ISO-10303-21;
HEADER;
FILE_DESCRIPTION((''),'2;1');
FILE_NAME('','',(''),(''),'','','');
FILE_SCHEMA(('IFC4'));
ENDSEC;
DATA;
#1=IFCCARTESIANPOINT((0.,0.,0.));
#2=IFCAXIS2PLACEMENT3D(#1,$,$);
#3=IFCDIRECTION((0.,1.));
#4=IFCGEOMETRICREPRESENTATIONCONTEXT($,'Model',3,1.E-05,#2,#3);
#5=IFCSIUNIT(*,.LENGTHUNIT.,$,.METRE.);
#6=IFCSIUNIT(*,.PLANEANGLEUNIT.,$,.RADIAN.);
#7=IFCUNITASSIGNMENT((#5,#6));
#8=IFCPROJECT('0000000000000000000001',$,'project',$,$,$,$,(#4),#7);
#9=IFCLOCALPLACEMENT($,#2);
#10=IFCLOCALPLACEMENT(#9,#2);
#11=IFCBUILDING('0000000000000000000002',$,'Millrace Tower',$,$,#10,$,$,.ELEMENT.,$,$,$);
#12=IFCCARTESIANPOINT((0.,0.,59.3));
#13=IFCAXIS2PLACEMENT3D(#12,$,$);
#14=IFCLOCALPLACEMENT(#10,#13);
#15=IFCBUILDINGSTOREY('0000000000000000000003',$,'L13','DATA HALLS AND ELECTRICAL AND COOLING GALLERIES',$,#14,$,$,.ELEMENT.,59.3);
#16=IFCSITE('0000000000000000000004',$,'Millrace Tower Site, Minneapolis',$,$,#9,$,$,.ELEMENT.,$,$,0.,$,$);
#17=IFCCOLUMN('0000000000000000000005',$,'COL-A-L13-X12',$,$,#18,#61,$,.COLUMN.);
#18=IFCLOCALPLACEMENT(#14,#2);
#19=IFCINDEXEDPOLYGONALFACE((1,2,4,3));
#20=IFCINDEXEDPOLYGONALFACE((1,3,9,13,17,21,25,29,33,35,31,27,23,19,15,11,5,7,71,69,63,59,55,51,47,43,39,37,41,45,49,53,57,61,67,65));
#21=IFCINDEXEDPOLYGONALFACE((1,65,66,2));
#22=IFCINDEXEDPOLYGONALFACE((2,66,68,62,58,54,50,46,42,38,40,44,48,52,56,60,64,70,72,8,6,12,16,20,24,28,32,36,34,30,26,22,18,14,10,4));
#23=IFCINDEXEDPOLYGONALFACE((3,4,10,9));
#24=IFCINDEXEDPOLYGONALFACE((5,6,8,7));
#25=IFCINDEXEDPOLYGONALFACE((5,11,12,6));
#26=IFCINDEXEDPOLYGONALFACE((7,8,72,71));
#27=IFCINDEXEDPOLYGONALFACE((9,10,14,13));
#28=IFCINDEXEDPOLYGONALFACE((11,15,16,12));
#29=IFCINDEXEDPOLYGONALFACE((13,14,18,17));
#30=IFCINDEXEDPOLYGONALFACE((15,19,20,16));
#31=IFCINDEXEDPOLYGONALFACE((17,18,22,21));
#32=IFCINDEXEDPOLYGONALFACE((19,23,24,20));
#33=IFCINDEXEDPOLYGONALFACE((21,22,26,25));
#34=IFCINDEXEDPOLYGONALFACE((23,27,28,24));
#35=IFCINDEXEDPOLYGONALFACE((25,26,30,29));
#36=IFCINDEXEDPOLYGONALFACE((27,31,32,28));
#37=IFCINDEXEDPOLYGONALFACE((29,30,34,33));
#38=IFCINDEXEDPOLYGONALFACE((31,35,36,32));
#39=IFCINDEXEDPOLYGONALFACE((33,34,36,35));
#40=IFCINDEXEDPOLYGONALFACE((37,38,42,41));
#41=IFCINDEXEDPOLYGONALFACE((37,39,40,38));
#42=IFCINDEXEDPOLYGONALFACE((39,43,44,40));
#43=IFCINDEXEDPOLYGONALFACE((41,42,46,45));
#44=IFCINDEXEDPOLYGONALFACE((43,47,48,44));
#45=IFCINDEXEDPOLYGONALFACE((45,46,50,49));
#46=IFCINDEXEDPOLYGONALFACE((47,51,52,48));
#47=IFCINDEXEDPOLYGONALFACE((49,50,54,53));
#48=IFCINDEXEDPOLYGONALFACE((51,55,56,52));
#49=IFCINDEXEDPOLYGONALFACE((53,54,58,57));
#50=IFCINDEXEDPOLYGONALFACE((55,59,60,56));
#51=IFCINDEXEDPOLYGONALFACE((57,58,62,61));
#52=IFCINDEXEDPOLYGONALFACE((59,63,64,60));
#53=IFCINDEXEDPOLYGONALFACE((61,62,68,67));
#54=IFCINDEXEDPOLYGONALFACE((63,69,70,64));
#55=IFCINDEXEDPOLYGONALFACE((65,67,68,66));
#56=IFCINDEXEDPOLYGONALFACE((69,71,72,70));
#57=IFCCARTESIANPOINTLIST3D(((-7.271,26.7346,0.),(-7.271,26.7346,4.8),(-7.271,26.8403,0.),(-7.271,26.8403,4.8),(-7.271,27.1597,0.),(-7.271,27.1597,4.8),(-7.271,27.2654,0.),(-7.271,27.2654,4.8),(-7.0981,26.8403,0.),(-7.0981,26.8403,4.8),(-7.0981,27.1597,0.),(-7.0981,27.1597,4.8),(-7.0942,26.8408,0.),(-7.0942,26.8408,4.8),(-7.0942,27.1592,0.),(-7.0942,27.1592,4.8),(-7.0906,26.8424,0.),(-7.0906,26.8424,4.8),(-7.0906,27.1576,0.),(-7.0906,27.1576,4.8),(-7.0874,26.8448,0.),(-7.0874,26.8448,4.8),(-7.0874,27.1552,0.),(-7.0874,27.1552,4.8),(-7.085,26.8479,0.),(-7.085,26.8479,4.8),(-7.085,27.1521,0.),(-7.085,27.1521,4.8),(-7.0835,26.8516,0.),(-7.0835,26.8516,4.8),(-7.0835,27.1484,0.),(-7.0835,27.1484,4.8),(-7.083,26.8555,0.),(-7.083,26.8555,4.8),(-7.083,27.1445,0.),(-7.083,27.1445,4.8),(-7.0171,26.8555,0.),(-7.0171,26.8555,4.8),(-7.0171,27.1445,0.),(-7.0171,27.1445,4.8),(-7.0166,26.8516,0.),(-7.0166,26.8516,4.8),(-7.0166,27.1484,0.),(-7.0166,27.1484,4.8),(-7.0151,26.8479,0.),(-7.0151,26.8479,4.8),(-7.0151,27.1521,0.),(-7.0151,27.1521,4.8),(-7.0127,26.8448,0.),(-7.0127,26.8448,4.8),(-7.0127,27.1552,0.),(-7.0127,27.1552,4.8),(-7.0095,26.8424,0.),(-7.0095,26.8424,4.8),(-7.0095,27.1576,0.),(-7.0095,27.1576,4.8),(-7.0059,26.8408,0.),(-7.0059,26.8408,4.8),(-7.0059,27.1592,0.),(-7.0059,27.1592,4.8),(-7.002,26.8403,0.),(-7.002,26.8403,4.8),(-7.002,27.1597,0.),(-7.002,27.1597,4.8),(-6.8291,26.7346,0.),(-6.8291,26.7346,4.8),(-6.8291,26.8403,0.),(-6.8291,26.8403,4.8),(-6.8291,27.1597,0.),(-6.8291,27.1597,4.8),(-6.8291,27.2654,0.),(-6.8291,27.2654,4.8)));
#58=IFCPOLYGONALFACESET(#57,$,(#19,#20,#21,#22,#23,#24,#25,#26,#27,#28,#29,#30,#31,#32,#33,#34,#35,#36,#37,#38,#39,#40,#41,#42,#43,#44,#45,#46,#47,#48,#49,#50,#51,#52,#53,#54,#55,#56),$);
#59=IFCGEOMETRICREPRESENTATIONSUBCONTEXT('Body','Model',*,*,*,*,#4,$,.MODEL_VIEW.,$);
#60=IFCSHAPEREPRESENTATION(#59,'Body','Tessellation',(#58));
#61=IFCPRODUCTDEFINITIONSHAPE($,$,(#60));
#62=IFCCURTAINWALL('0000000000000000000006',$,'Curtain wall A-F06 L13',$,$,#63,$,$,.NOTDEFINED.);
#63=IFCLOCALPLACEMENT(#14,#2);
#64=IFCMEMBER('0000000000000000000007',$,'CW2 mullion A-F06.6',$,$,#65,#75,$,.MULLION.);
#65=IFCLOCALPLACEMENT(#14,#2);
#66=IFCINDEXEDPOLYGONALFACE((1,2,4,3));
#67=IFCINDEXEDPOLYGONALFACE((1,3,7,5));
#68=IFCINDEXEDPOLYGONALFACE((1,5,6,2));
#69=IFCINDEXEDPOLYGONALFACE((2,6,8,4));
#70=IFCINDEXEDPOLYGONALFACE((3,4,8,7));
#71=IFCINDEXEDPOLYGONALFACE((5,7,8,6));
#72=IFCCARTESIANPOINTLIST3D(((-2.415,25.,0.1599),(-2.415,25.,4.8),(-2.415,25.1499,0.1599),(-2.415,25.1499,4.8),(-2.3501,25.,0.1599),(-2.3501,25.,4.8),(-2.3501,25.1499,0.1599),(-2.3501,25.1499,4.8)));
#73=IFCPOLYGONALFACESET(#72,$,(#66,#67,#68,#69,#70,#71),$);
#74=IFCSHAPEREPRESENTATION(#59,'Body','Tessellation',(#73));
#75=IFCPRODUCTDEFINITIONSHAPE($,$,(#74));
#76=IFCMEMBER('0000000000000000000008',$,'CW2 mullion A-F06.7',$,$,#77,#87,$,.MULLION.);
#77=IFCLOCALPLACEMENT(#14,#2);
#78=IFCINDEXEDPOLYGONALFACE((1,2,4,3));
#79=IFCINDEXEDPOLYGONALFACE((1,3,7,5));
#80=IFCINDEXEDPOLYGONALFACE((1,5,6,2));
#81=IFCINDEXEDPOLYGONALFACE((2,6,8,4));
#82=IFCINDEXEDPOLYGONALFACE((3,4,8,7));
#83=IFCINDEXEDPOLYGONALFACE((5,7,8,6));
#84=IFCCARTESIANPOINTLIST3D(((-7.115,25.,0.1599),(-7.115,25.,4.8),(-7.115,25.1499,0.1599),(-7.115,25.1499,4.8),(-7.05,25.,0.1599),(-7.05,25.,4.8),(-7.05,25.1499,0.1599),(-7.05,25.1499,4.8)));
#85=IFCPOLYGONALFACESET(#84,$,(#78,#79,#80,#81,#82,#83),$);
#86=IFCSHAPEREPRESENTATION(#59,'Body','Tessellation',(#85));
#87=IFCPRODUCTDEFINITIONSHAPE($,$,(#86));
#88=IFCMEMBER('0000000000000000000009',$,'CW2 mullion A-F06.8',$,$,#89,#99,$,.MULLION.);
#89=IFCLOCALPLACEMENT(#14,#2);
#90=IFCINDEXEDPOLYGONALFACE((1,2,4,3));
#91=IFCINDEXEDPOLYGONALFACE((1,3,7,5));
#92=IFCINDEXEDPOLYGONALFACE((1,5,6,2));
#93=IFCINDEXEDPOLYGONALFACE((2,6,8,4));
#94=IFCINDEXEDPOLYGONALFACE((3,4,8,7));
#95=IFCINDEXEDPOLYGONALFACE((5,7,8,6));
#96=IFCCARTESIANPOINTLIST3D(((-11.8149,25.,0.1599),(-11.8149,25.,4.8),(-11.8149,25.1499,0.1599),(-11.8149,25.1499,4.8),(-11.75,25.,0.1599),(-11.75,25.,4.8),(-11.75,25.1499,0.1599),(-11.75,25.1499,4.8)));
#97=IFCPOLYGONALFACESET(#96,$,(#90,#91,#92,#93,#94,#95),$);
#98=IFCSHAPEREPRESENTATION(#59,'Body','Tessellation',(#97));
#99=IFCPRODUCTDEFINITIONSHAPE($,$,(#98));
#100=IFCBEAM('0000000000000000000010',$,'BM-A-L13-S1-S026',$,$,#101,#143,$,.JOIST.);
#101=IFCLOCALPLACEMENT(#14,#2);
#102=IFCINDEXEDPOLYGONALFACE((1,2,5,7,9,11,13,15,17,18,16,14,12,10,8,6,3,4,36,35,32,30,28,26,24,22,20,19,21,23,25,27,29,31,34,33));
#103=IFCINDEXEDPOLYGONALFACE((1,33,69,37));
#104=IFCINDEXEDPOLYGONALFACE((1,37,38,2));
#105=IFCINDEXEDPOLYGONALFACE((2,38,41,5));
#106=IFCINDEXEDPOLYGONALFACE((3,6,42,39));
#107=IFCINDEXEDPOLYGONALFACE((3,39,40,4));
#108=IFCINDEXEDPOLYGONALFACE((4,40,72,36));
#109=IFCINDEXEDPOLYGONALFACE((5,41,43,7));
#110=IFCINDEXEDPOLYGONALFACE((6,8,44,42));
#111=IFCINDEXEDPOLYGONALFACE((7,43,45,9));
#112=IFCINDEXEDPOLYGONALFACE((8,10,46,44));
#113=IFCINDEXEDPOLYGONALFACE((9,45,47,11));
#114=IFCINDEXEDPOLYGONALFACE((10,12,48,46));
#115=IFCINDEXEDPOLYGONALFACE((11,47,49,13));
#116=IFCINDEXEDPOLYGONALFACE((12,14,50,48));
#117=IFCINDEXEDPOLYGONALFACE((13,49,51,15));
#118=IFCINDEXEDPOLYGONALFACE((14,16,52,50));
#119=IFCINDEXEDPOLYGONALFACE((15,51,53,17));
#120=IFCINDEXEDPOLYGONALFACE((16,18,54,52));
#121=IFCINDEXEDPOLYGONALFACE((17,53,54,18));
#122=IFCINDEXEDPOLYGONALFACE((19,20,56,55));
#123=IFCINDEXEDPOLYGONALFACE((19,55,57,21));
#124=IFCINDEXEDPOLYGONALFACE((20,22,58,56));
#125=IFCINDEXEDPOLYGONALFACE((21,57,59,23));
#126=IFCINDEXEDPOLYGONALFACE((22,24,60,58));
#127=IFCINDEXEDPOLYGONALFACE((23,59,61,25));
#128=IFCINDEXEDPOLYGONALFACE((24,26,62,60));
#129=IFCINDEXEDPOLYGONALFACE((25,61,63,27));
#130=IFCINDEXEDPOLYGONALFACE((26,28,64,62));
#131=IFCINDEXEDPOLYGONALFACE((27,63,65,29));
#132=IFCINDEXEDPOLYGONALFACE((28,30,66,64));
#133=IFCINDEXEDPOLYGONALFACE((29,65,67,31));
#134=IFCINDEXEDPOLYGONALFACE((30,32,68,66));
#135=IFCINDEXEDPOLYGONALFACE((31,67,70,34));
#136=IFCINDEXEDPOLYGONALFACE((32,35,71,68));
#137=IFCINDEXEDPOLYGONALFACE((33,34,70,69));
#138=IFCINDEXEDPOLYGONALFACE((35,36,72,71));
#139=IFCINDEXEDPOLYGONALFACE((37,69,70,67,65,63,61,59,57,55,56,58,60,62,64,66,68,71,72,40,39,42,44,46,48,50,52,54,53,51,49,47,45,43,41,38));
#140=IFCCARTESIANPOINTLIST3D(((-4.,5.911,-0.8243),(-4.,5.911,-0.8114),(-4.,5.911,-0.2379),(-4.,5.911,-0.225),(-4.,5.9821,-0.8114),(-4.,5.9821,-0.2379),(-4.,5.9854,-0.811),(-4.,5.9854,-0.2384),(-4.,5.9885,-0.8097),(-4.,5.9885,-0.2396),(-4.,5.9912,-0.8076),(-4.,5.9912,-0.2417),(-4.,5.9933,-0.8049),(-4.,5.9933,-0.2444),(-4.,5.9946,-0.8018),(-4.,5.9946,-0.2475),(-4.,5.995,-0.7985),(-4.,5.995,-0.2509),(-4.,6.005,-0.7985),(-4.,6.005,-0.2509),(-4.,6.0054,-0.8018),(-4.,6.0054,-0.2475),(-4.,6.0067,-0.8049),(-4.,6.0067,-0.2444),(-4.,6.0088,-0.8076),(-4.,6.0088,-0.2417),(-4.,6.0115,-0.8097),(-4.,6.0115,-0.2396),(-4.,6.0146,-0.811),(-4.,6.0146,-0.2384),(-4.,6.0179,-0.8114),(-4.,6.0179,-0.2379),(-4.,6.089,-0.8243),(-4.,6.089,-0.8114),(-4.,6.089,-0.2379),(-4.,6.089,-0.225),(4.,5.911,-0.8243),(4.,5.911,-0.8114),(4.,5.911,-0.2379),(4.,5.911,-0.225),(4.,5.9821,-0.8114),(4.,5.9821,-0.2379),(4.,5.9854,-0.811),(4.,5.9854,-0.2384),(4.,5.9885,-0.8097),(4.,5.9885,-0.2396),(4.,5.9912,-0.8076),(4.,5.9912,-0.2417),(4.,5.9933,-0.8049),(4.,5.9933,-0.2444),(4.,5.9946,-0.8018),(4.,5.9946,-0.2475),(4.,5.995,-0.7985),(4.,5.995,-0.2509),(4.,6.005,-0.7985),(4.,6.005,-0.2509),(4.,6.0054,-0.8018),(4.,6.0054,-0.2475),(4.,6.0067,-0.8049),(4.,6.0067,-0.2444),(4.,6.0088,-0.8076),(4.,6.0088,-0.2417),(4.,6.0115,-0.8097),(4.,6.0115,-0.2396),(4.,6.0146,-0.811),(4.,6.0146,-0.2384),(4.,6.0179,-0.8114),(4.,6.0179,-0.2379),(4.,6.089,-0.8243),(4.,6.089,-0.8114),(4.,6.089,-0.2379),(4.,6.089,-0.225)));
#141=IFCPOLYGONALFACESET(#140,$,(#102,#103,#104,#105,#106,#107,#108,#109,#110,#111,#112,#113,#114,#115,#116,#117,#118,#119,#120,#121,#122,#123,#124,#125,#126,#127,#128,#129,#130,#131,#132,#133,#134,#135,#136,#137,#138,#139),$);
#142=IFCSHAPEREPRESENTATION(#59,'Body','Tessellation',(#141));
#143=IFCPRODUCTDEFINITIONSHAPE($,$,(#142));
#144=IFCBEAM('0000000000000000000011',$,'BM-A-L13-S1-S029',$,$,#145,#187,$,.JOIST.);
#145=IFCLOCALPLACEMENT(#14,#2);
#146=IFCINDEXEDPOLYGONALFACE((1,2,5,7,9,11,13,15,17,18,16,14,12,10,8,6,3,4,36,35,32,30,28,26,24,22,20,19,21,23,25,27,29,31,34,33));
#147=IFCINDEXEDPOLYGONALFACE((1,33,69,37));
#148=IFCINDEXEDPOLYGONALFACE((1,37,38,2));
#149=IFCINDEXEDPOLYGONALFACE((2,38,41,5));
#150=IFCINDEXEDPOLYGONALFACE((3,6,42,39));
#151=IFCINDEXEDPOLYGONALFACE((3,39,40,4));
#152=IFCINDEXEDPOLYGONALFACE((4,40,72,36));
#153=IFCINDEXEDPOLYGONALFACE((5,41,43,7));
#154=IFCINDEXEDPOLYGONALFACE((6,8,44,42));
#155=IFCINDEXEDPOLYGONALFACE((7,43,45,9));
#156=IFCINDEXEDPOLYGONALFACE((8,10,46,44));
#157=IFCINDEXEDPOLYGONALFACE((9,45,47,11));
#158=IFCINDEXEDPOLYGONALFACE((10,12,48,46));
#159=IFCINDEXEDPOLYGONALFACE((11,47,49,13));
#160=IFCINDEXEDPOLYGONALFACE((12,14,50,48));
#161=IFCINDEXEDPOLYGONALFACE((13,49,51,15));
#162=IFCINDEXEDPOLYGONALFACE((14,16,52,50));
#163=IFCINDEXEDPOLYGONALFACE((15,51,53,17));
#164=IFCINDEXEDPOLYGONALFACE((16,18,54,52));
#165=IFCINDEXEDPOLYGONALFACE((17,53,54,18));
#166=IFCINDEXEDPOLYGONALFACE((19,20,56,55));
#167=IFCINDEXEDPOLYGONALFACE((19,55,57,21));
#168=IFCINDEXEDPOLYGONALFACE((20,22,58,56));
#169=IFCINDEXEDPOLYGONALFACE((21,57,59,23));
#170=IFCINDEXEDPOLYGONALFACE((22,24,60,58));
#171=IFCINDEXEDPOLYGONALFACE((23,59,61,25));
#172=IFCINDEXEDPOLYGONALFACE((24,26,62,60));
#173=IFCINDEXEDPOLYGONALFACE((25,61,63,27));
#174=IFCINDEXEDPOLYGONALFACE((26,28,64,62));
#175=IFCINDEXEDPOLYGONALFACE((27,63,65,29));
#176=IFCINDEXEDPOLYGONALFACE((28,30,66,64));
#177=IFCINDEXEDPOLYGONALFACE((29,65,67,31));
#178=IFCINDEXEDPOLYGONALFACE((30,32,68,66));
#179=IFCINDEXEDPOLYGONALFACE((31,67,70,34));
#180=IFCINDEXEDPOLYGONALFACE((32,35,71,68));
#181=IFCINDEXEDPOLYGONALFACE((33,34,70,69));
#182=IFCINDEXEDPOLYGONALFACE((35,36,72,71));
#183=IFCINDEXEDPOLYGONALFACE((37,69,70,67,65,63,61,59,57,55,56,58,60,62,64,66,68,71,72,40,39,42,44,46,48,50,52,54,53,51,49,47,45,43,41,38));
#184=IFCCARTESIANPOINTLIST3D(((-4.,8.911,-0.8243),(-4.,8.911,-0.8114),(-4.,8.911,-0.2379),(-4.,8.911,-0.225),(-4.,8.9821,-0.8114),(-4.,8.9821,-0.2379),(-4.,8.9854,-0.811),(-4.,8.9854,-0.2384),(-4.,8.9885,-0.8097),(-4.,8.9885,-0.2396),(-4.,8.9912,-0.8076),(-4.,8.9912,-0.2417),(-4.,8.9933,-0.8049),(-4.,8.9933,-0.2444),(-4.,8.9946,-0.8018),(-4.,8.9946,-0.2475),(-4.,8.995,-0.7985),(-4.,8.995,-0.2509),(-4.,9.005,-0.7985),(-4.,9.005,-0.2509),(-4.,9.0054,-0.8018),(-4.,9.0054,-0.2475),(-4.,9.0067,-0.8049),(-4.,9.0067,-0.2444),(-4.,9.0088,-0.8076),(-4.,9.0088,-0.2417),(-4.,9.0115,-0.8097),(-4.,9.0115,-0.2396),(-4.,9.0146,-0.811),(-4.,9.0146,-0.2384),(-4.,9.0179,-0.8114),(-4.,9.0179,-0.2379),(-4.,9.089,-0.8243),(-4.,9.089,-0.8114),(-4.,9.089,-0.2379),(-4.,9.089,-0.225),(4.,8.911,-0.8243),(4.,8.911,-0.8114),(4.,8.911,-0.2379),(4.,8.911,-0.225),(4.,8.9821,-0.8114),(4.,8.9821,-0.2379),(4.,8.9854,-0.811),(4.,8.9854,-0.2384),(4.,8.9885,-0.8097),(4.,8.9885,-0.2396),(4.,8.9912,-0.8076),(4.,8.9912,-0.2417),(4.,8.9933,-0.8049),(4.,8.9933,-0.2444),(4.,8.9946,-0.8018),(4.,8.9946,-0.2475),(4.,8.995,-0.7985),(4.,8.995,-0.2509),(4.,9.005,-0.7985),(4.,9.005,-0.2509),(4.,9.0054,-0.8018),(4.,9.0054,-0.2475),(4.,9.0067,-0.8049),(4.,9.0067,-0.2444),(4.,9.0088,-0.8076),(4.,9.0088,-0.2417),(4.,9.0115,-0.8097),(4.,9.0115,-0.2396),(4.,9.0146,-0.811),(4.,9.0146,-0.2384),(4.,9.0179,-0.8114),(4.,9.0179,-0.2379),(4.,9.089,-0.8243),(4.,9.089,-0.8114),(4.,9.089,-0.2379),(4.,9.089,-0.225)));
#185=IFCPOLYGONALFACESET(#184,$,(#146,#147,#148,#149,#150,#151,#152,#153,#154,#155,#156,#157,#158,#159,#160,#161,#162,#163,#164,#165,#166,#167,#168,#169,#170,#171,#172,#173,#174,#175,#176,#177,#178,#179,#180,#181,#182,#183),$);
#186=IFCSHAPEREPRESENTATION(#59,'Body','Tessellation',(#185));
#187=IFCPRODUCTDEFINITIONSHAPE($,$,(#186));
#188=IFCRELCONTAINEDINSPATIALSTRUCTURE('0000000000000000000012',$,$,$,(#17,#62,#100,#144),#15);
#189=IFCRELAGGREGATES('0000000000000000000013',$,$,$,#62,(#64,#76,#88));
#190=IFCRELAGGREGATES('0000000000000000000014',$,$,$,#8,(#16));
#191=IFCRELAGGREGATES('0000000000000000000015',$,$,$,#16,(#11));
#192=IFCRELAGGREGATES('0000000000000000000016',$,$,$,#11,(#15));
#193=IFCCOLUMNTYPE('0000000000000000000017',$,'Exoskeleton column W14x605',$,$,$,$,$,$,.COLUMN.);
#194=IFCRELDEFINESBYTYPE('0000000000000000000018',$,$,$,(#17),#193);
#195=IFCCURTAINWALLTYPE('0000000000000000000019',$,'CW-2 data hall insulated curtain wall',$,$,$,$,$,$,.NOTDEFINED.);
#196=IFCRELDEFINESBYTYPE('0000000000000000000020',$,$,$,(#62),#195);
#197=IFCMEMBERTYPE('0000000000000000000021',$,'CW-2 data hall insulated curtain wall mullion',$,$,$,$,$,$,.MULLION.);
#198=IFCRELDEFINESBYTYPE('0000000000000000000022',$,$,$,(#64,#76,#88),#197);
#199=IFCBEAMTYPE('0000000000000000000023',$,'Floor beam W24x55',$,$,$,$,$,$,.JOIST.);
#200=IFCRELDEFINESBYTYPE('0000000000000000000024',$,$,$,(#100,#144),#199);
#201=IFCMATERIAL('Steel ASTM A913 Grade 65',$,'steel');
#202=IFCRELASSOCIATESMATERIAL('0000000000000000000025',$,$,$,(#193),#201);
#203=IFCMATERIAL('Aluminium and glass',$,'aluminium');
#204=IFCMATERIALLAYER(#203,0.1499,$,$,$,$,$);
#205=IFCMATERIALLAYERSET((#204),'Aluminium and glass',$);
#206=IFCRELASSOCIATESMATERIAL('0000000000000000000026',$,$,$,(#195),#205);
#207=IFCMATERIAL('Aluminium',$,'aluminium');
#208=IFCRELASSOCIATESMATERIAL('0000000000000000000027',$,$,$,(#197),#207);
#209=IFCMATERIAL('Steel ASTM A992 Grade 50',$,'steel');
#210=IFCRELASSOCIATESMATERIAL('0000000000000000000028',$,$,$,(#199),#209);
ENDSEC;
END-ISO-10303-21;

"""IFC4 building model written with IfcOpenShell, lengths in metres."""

from ifc_helpers import new_model, si_unit, direction, frame, origin, origin_2d, place, context, subcontext, project, spatial, rectangle, i_section, extrude, material, layer, layer_set, material_profile, profile_set, type_object, element, aggregate, save


model = new_model("IFC4")

# Units and contexts
model_context = context("Model", 3, precision=1e-05, world=origin(), true_north=direction((0.0, 1.0)))
body_context = subcontext(model_context, "Body", "Model", "MODEL_VIEW")
ifc_project = project(units=[si_unit("LENGTHUNIT", "METRE"), si_unit("PLANEANGLEUNIT", "RADIAN")], contexts=[model_context])

# Site, building, storey
site_placement = place(None, origin())
site = spatial("IfcSite", under=ifc_project, at=site_placement, Name="Millrace Tower Site, Minneapolis", CompositionType="ELEMENT", RefElevation=0.0)
building_placement = place(site_placement, origin())
building = spatial("IfcBuilding", under=site, at=building_placement, Name="Millrace Tower", CompositionType="ELEMENT")
storey_placement = place(building_placement, frame((0.0, 0.0, 59.3)))
storey = spatial("IfcBuildingStorey", under=building, at=storey_placement, Name="L13", Description="DATA HALLS AND ELECTRICAL AND COOLING GALLERIES", CompositionType="ELEMENT", Elevation=59.3)

# Column
ifc_material_1 = material(Name="Steel ASTM A913 Grade 65", Category="steel")
ifc_material_profile_1 = material_profile(ifc_material_1, i_section(OverallWidth=0.4419, OverallDepth=0.5308, WebThickness=0.0659, FlangeThickness=0.1057, FilletRadius=0.0151, at=origin_2d()))
ifc_profile_set_1 = profile_set([ifc_material_profile_1], Name="Steel ASTM A913 Grade 65")
column_type = type_object("IfcColumnType", Name="Exoskeleton column W14x605", PredefinedType="COLUMN", material=ifc_profile_set_1)
column_placement = place(storey_placement, frame((-7.05, 27.0, 0.0), z_axis=(0.0, 0.0, 1.0), x_axis=(-1.0, 0.0, 0.0)))
element("IfcColumn", 1, at=column_placement, inside=storey, type_object=column_type, Name="COL-A-L13-X12", PredefinedType="COLUMN", context=body_context, shape_type="SweptSolid", body=[
    extrude(i_section(OverallWidth=0.4419, OverallDepth=0.5308, WebThickness=0.0659, FlangeThickness=0.1057, FilletRadius=0.0151, at=origin_2d()), origin(), (0.0, 0.0, 1.0), 4.8),
])

# Curtain wall, members
ifc_material_2 = material(Name="Aluminium and glass", Category="aluminium")
ifc_layer_1 = layer(ifc_material_2, 0.1499)
ifc_layer_set_1 = layer_set([ifc_layer_1], Name="Aluminium and glass")
curtain_wall_type = type_object("IfcCurtainWallType", Name="CW-2 data hall insulated curtain wall", PredefinedType="NOTDEFINED", material=ifc_layer_set_1)
placement = place(storey_placement, origin())
curtain_wall = element("IfcCurtainWall", 2, at=placement, inside=storey, type_object=curtain_wall_type, Name="Curtain wall A-F06 L13", PredefinedType="NOTDEFINED")
ifc_material_3 = material(Name="Aluminium", Category="aluminium")
ifc_material_profile_2 = material_profile(ifc_material_3, rectangle(XDim=0.0649, YDim=0.1499, at=origin_2d()))
ifc_profile_set_2 = profile_set([ifc_material_profile_2], Name="Aluminium")
member_type = type_object("IfcMemberType", Name="CW-2 data hall insulated curtain wall mullion", PredefinedType="MULLION", material=ifc_profile_set_2)
member_1_placement = place(storey_placement, frame((-2.3826, 25.075, 0.1599), z_axis=(0.0, 0.0, 1.0), x_axis=(-1.0, 0.0, 0.0)))
member_1 = element("IfcMember", 3, at=member_1_placement, type_object=member_type, Name="CW2 mullion A-F06.6", PredefinedType="MULLION", context=body_context, shape_type="SweptSolid", body=[
    extrude(rectangle(XDim=0.0649, YDim=0.1499, at=origin_2d()), origin(), (0.0, 0.0, 1.0), 4.6401),
])
member_2_placement = place(storey_placement, frame((-7.0825, 25.075, 0.1599), z_axis=(0.0, 0.0, 1.0), x_axis=(-1.0, 0.0, 0.0)))
member_2 = element("IfcMember", 4, at=member_2_placement, type_object=member_type, Name="CW2 mullion A-F06.7", PredefinedType="MULLION", context=body_context, shape_type="SweptSolid", body=[
    extrude(rectangle(XDim=0.0649, YDim=0.1499, at=origin_2d()), origin(), (0.0, 0.0, 1.0), 4.6401),
])
member_3_placement = place(storey_placement, frame((-11.7825, 25.075, 0.1599), z_axis=(0.0, 0.0, 1.0), x_axis=(-1.0, 0.0, 0.0)))
member_3 = element("IfcMember", 5, at=member_3_placement, type_object=member_type, Name="CW2 mullion A-F06.8", PredefinedType="MULLION", context=body_context, shape_type="SweptSolid", body=[
    extrude(rectangle(XDim=0.0649, YDim=0.1499, at=origin_2d()), origin(), (0.0, 0.0, 1.0), 4.6401),
])
aggregate(curtain_wall, [member_1, member_2, member_3])

# Beams
ifc_material_4 = material(Name="Steel ASTM A992 Grade 50", Category="steel")
ifc_material_profile_3 = material_profile(ifc_material_4, i_section(OverallWidth=0.178, OverallDepth=0.5994, WebThickness=0.01, FlangeThickness=0.0129, FilletRadius=0.0129, at=origin_2d()))
ifc_profile_set_3 = profile_set([ifc_material_profile_3], Name="Steel ASTM A992 Grade 50")
beam_type_1 = type_object("IfcBeamType", Name="Floor beam W24x55", PredefinedType="JOIST", material=ifc_profile_set_3)
for number, where, z_axis, x_axis, name in (
    (6, (-4.0, 6.0, -0.5247), (1.0, 0.0, 0.0), (0.0, 1.0, 0.0), "BM-A-L13-S1-S026"),
    (7, (-4.0, 9.0, -0.5247), (1.0, 0.0, 0.0), (0.0, 1.0, 0.0), "BM-A-L13-S1-S029"),
):
    element("IfcBeam", number, at=place(storey_placement, frame(where, z_axis=z_axis, x_axis=x_axis)), inside=storey, type_object=beam_type_1, Name=name, PredefinedType="JOIST", context=body_context, shape_type="SweptSolid", body=[
        extrude(i_section(OverallWidth=0.178, OverallDepth=0.5994, WebThickness=0.01, FlangeThickness=0.0129, FilletRadius=0.0129, at=origin_2d()), origin(), (0.0, 0.0, 1.0), 8.0),
    ])

save(model, "model.ifc")
